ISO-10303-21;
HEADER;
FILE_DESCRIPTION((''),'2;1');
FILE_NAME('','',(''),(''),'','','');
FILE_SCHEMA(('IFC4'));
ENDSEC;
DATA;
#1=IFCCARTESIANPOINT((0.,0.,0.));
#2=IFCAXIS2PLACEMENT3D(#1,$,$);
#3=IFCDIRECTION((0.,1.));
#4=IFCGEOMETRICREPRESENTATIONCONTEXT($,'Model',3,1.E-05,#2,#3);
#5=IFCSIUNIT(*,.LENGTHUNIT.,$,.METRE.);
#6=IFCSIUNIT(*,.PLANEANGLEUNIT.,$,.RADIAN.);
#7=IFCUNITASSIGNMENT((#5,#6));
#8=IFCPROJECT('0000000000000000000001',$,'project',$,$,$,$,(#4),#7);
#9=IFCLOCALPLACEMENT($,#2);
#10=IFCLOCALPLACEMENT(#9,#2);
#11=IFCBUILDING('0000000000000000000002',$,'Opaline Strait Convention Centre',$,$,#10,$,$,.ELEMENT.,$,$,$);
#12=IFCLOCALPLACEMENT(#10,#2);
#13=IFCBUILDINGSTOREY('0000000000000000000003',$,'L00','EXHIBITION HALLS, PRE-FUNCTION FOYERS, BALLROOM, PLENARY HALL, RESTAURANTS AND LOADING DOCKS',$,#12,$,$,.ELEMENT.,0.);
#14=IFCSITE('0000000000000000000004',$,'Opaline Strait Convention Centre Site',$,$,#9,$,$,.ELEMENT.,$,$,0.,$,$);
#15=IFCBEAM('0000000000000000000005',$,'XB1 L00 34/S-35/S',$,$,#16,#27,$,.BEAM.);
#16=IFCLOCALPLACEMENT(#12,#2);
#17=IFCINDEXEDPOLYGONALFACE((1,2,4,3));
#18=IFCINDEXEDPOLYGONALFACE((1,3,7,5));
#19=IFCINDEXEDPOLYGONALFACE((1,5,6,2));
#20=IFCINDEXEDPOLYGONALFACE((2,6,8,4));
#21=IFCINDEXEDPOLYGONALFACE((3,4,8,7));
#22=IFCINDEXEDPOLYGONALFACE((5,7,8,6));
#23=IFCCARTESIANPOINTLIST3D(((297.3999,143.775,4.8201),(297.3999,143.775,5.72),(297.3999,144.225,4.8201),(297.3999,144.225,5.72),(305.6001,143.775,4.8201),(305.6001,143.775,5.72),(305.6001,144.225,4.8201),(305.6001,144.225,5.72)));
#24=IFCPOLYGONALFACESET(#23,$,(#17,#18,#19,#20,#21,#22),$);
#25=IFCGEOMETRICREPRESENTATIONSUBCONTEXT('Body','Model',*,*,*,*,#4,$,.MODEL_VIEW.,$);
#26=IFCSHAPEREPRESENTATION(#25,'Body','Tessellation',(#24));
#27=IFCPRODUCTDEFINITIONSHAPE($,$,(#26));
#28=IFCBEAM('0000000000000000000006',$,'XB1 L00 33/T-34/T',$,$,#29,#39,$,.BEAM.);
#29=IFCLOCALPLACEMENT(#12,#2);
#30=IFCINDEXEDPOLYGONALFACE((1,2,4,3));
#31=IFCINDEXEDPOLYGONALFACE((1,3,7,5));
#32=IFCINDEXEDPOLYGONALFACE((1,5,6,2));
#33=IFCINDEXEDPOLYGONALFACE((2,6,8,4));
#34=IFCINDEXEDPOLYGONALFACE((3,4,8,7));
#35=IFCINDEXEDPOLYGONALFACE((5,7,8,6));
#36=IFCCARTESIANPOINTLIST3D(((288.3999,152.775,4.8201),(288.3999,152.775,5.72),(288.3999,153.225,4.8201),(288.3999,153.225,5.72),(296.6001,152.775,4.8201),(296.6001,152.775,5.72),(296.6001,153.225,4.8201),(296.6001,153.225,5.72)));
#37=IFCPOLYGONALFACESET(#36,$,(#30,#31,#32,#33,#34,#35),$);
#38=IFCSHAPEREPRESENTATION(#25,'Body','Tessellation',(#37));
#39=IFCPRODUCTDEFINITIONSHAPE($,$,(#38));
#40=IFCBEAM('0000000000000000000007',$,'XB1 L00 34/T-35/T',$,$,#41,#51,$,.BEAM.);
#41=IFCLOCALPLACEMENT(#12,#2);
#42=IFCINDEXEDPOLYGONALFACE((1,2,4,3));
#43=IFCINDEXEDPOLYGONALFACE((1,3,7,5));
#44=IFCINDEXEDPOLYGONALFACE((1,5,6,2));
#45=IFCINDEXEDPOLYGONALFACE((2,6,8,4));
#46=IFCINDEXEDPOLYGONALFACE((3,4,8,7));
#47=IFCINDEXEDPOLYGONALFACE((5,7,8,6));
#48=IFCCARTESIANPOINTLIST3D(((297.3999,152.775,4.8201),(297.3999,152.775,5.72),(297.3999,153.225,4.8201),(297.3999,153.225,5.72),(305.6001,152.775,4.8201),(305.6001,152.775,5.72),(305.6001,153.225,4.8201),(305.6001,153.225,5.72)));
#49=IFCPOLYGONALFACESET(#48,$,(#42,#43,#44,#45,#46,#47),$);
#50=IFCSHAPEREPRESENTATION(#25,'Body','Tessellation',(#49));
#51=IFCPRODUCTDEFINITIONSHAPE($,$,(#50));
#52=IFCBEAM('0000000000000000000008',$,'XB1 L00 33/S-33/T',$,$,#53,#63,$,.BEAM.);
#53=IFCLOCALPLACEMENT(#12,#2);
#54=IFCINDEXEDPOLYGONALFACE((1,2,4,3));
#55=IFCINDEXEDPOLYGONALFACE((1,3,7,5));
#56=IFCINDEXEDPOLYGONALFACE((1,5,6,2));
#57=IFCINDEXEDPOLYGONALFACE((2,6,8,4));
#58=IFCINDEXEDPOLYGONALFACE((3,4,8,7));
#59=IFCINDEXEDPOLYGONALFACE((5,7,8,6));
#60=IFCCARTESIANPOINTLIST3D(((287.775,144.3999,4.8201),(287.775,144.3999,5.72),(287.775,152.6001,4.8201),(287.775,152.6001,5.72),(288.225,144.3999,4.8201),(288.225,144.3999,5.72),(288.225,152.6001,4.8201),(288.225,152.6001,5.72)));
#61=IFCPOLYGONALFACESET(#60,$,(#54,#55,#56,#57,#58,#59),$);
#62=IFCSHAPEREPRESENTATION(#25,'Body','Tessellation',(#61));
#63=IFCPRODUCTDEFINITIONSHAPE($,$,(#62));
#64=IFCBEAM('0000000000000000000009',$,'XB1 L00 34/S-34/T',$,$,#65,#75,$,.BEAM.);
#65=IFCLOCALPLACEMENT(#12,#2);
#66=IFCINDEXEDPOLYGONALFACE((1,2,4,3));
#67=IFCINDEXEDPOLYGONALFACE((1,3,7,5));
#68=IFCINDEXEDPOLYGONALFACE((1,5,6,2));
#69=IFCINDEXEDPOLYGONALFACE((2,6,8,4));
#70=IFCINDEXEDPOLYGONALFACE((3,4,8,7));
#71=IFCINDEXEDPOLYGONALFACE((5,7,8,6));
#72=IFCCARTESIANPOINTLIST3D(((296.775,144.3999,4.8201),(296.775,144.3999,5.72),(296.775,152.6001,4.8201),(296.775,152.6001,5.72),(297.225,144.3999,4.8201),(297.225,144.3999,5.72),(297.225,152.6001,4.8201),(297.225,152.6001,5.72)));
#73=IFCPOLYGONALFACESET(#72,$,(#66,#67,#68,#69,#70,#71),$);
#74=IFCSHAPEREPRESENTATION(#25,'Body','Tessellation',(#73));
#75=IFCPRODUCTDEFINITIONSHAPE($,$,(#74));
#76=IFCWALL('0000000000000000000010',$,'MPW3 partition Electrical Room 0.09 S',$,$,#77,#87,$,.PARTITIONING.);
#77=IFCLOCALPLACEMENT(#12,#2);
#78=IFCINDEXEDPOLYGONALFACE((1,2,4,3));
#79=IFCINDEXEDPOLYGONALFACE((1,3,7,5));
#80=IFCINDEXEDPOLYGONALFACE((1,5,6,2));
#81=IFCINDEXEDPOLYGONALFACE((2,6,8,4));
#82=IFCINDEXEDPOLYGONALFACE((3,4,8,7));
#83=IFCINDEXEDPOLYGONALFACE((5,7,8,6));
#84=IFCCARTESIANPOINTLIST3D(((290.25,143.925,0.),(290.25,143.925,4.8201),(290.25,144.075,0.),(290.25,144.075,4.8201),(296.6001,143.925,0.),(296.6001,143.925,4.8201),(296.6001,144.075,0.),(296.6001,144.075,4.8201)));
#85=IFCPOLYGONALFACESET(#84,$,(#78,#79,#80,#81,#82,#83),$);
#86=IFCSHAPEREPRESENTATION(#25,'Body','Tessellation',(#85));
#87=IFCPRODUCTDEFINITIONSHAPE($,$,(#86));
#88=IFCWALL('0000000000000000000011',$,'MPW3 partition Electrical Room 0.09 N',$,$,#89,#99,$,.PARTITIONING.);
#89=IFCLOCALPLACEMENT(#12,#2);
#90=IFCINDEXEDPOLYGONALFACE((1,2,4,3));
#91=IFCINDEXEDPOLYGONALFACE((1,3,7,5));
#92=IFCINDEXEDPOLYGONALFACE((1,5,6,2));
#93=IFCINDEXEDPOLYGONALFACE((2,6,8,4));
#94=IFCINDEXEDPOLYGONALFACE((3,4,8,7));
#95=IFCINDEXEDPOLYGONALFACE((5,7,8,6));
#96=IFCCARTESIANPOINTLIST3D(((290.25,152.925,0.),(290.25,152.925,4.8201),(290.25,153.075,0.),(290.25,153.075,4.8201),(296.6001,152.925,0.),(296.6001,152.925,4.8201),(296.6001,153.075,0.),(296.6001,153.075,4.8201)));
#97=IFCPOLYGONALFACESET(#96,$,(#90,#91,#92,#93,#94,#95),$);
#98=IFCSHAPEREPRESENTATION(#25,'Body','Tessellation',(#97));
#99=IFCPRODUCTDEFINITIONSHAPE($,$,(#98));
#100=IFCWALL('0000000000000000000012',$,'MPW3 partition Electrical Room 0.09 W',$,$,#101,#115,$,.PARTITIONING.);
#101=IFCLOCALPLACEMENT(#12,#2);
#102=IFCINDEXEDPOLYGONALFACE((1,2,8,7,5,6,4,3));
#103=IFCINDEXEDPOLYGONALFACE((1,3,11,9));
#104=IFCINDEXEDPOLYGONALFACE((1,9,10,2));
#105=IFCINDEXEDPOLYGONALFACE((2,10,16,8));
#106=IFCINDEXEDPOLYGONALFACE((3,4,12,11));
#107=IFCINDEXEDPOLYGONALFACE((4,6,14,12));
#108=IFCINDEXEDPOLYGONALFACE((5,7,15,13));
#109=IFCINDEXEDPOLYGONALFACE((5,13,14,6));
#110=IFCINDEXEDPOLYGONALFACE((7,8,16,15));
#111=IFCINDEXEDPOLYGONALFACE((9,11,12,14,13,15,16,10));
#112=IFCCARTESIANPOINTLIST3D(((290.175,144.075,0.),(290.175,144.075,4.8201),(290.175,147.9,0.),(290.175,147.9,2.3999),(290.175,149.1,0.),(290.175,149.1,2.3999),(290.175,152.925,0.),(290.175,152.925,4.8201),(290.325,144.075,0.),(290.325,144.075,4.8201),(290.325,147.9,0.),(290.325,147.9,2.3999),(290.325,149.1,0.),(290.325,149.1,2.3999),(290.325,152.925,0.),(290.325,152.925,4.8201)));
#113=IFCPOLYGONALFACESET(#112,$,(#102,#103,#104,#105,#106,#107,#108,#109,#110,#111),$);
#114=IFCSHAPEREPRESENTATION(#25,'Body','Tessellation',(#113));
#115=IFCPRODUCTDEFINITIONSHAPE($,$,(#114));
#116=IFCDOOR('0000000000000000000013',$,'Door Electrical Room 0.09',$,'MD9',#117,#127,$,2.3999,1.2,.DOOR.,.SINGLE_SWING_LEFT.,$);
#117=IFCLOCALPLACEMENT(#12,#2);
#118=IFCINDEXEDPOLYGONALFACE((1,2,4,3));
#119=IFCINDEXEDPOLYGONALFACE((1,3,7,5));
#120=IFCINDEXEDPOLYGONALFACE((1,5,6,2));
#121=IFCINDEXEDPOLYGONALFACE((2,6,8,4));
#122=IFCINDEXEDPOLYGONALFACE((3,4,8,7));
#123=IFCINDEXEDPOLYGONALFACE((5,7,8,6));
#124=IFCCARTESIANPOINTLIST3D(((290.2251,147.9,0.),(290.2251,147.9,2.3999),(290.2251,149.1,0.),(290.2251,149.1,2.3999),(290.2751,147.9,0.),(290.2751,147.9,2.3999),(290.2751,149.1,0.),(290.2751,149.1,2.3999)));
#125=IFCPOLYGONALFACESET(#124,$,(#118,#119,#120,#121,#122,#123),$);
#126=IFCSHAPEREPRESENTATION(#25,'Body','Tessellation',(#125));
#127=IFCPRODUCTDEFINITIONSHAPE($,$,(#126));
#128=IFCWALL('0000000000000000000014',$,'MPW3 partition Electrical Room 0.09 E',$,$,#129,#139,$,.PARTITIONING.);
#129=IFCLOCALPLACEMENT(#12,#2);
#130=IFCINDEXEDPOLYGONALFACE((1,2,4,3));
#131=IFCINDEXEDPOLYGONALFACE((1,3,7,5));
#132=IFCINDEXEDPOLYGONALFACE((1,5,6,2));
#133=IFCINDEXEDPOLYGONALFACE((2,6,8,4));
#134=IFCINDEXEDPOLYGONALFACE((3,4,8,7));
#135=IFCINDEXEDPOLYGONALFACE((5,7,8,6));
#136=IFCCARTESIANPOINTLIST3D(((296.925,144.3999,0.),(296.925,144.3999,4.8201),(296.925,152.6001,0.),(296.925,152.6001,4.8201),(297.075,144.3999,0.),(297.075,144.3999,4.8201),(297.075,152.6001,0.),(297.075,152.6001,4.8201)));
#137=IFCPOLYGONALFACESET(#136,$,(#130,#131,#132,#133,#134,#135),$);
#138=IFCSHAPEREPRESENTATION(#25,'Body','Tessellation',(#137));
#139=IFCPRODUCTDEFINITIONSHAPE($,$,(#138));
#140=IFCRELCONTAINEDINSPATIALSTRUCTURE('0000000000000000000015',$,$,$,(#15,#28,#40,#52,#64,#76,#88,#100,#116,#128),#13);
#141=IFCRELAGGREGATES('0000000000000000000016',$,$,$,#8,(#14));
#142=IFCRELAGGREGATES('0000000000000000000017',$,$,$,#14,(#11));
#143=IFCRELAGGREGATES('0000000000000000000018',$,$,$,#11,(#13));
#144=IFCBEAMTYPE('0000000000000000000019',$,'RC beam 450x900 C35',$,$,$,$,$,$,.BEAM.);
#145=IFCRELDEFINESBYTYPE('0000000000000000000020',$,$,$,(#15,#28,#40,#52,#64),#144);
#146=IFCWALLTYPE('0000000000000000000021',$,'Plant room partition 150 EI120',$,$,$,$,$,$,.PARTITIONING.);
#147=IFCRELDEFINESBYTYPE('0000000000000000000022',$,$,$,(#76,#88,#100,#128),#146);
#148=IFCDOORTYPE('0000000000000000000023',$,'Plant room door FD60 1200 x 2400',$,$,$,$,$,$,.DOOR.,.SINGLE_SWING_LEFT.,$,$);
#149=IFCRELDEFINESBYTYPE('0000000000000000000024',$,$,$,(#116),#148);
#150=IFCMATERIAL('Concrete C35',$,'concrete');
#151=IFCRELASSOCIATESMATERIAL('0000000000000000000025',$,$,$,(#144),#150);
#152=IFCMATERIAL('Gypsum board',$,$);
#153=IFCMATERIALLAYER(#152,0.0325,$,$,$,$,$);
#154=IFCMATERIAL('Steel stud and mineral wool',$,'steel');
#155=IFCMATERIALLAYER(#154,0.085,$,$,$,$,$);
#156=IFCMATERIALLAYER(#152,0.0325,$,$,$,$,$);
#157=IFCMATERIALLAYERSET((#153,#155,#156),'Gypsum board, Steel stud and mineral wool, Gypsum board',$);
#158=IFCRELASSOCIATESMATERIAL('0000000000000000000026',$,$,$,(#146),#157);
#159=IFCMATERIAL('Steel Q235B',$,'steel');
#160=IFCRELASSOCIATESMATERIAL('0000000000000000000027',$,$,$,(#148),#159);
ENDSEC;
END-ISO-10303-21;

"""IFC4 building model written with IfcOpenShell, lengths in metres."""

from ifc_helpers import new_model, si_unit, direction, frame, frame_2d, origin, origin_2d, place, context, subcontext, project, spatial, rectangle, extrude, material, layer, layer_set, material_profile, profile_set, type_object, element, fill, save


model = new_model("IFC4")

# Units and contexts
model_context = context("Model", 3, precision=1e-05, world=origin(), true_north=direction((0.0, 1.0)))
body_context = subcontext(model_context, "Body", "Model", "MODEL_VIEW")
ifc_project = project(units=[si_unit("LENGTHUNIT", "METRE"), si_unit("PLANEANGLEUNIT", "RADIAN")], contexts=[model_context])

# Site, building, storey
site_placement = place(None, origin())
site = spatial("IfcSite", under=ifc_project, at=site_placement, Name="Opaline Strait Convention Centre Site", CompositionType="ELEMENT", RefElevation=0.0)
building_placement = place(site_placement, origin())
building = spatial("IfcBuilding", under=site, at=building_placement, Name="Opaline Strait Convention Centre", CompositionType="ELEMENT")
storey_placement = place(building_placement, origin())
storey = spatial("IfcBuildingStorey", under=building, at=storey_placement, Name="L00", Description="EXHIBITION HALLS, PRE-FUNCTION FOYERS, BALLROOM, PLENARY HALL, RESTAURANTS AND LOADING DOCKS", CompositionType="ELEMENT", Elevation=0.0)

# Shared definitions
ifc_material_1 = material(Name="Concrete C35", Category="concrete")

# Beams
ifc_material_profile_1 = material_profile(ifc_material_1, rectangle(XDim=0.45, YDim=0.8999, at=origin_2d()), Name="RC 450x900")
ifc_profile_set_1 = profile_set([ifc_material_profile_1], Name="Concrete C35")
beam_type = type_object("IfcBeamType", Name="RC beam 450x900 C35", PredefinedType="BEAM", material=ifc_profile_set_1)
for number, where, z_axis, x_axis, name in (
    (1, (297.3999, 144.0, 5.27), (1.0, 0.0, 0.0), (0.0, 1.0, 0.0), "XB1 L00 34/S-35/S"),
    (2, (288.3999, 153.0, 5.27), (1.0, 0.0, 0.0), (0.0, 1.0, 0.0), "XB1 L00 33/T-34/T"),
    (3, (297.3999, 153.0, 5.27), (1.0, 0.0, 0.0), (0.0, 1.0, 0.0), "XB1 L00 34/T-35/T"),
    (4, (288.0, 144.3999, 5.27), (0.0, 1.0, 0.0), (-1.0, 0.0, 0.0), "XB1 L00 33/S-33/T"),
    (5, (297.0, 144.3999, 5.27), (0.0, 1.0, 0.0), (-1.0, 0.0, 0.0), "XB1 L00 34/S-34/T"),
):
    element("IfcBeam", number, at=place(storey_placement, frame(where, z_axis=z_axis, x_axis=x_axis)), inside=storey, type_object=beam_type, Name=name, PredefinedType="BEAM", context=body_context, shape_type="SweptSolid", body=[
        extrude(rectangle(XDim=0.45, YDim=0.8999, at=origin_2d()), origin(), (0.0, 0.0, 1.0), 8.2002),
    ])

# Walls
ifc_material_2 = material(Name="Gypsum board")
ifc_layer_1 = layer(ifc_material_2, 0.0325)
ifc_material_3 = material(Name="Steel stud and mineral wool", Category="steel")
ifc_layer_2 = layer(ifc_material_3, 0.085)
ifc_layer_3 = layer(ifc_material_2, 0.0325)
ifc_layer_set = layer_set([ifc_layer_1, ifc_layer_2, ifc_layer_3], Name="Gypsum board, Steel stud and mineral wool, Gypsum board")
wall_type = type_object("IfcWallType", Name="Plant room partition 150 EI120", PredefinedType="PARTITIONING", material=ifc_layer_set)
for number, where, z_axis, x_axis, name in (
    (6, (290.25, 144.0, 0.0), (0.0, 0.0, 1.0), (1.0, 0.0, 0.0), "MPW3 partition Electrical Room 0.09 S"),
    (7, (290.25, 153.0, 0.0), (0.0, 0.0, 1.0), (1.0, 0.0, 0.0), "MPW3 partition Electrical Room 0.09 N"),
):
    element("IfcWall", number, at=place(storey_placement, frame(where, z_axis=z_axis, x_axis=x_axis)), inside=storey, type_object=wall_type, Name=name, PredefinedType="PARTITIONING", context=body_context, shape_type="SweptSolid", body=[
        extrude(rectangle(XDim=6.3501, YDim=0.1499, at=frame_2d((3.175, 0.0))), origin(), (0.0, 0.0, 1.0), 4.8201),
    ])

# Wall, opening, door
wall_1_placement = place(storey_placement, frame((290.25, 144.075, 0.0), z_axis=(0.0, 0.0, 1.0), x_axis=(0.0, 1.0, 0.0)))
wall_1 = element("IfcWall", 8, at=wall_1_placement, inside=storey, type_object=wall_type, Name="MPW3 partition Electrical Room 0.09 W", PredefinedType="PARTITIONING", context=body_context, shape_type="SweptSolid", body=[
    extrude(rectangle(XDim=8.8501, YDim=0.1499, at=frame_2d((4.425, 0.0))), origin(), (0.0, 0.0, 1.0), 4.8201),
])
opening_placement = place(wall_1_placement, frame((3.825, 0.0, 0.0)))
opening = element("IfcOpeningElement", 9, at=opening_placement, cuts=wall_1, PredefinedType="OPENING", context=body_context, shape_type="SweptSolid", body=[
    extrude(rectangle(XDim=1.2, YDim=2.3999, at=frame_2d((0.6001, 1.2))), frame((0.0, 0.085, 0.0), z_axis=(0.0, -1.0, 0.0), x_axis=(1.0, 0.0, 0.0)), (0.0, 0.0, 1.0), 0.1699),
])
ifc_material_4 = material(Name="Steel Q235B", Category="steel")
door_type = type_object("IfcDoorType", Name="Plant room door FD60 1200 x 2400", OperationType="SINGLE_SWING_LEFT", PredefinedType="DOOR", material=ifc_material_4)
door_placement = place(opening_placement, origin())
door = element("IfcDoor", 10, at=door_placement, inside=storey, type_object=door_type, Name="Door Electrical Room 0.09", ObjectType="MD9", OperationType="SINGLE_SWING_LEFT", OverallHeight=2.3999, OverallWidth=1.2, PredefinedType="DOOR", context=body_context, shape_type="SweptSolid", body=[
    extrude(rectangle(XDim=1.2, YDim=2.3999, at=frame_2d((0.6001, 1.2))), frame((0.0, 0.0249, 0.0), z_axis=(0.0, -1.0, 0.0), x_axis=(1.0, 0.0, 0.0)), (0.0, 0.0, 1.0), 0.05),
])
fill(opening, door)

# Wall
wall_2_placement = place(storey_placement, frame((297.0, 144.3999, 0.0), z_axis=(0.0, 0.0, 1.0), x_axis=(0.0, 1.0, 0.0)))
element("IfcWall", 11, at=wall_2_placement, inside=storey, type_object=wall_type, Name="MPW3 partition Electrical Room 0.09 E", PredefinedType="PARTITIONING", context=body_context, shape_type="SweptSolid", body=[
    extrude(rectangle(XDim=8.2002, YDim=0.1499, at=frame_2d((4.1001, 0.0))), origin(), (0.0, 0.0, 1.0), 4.8201),
])

save(model, "model.ifc")
